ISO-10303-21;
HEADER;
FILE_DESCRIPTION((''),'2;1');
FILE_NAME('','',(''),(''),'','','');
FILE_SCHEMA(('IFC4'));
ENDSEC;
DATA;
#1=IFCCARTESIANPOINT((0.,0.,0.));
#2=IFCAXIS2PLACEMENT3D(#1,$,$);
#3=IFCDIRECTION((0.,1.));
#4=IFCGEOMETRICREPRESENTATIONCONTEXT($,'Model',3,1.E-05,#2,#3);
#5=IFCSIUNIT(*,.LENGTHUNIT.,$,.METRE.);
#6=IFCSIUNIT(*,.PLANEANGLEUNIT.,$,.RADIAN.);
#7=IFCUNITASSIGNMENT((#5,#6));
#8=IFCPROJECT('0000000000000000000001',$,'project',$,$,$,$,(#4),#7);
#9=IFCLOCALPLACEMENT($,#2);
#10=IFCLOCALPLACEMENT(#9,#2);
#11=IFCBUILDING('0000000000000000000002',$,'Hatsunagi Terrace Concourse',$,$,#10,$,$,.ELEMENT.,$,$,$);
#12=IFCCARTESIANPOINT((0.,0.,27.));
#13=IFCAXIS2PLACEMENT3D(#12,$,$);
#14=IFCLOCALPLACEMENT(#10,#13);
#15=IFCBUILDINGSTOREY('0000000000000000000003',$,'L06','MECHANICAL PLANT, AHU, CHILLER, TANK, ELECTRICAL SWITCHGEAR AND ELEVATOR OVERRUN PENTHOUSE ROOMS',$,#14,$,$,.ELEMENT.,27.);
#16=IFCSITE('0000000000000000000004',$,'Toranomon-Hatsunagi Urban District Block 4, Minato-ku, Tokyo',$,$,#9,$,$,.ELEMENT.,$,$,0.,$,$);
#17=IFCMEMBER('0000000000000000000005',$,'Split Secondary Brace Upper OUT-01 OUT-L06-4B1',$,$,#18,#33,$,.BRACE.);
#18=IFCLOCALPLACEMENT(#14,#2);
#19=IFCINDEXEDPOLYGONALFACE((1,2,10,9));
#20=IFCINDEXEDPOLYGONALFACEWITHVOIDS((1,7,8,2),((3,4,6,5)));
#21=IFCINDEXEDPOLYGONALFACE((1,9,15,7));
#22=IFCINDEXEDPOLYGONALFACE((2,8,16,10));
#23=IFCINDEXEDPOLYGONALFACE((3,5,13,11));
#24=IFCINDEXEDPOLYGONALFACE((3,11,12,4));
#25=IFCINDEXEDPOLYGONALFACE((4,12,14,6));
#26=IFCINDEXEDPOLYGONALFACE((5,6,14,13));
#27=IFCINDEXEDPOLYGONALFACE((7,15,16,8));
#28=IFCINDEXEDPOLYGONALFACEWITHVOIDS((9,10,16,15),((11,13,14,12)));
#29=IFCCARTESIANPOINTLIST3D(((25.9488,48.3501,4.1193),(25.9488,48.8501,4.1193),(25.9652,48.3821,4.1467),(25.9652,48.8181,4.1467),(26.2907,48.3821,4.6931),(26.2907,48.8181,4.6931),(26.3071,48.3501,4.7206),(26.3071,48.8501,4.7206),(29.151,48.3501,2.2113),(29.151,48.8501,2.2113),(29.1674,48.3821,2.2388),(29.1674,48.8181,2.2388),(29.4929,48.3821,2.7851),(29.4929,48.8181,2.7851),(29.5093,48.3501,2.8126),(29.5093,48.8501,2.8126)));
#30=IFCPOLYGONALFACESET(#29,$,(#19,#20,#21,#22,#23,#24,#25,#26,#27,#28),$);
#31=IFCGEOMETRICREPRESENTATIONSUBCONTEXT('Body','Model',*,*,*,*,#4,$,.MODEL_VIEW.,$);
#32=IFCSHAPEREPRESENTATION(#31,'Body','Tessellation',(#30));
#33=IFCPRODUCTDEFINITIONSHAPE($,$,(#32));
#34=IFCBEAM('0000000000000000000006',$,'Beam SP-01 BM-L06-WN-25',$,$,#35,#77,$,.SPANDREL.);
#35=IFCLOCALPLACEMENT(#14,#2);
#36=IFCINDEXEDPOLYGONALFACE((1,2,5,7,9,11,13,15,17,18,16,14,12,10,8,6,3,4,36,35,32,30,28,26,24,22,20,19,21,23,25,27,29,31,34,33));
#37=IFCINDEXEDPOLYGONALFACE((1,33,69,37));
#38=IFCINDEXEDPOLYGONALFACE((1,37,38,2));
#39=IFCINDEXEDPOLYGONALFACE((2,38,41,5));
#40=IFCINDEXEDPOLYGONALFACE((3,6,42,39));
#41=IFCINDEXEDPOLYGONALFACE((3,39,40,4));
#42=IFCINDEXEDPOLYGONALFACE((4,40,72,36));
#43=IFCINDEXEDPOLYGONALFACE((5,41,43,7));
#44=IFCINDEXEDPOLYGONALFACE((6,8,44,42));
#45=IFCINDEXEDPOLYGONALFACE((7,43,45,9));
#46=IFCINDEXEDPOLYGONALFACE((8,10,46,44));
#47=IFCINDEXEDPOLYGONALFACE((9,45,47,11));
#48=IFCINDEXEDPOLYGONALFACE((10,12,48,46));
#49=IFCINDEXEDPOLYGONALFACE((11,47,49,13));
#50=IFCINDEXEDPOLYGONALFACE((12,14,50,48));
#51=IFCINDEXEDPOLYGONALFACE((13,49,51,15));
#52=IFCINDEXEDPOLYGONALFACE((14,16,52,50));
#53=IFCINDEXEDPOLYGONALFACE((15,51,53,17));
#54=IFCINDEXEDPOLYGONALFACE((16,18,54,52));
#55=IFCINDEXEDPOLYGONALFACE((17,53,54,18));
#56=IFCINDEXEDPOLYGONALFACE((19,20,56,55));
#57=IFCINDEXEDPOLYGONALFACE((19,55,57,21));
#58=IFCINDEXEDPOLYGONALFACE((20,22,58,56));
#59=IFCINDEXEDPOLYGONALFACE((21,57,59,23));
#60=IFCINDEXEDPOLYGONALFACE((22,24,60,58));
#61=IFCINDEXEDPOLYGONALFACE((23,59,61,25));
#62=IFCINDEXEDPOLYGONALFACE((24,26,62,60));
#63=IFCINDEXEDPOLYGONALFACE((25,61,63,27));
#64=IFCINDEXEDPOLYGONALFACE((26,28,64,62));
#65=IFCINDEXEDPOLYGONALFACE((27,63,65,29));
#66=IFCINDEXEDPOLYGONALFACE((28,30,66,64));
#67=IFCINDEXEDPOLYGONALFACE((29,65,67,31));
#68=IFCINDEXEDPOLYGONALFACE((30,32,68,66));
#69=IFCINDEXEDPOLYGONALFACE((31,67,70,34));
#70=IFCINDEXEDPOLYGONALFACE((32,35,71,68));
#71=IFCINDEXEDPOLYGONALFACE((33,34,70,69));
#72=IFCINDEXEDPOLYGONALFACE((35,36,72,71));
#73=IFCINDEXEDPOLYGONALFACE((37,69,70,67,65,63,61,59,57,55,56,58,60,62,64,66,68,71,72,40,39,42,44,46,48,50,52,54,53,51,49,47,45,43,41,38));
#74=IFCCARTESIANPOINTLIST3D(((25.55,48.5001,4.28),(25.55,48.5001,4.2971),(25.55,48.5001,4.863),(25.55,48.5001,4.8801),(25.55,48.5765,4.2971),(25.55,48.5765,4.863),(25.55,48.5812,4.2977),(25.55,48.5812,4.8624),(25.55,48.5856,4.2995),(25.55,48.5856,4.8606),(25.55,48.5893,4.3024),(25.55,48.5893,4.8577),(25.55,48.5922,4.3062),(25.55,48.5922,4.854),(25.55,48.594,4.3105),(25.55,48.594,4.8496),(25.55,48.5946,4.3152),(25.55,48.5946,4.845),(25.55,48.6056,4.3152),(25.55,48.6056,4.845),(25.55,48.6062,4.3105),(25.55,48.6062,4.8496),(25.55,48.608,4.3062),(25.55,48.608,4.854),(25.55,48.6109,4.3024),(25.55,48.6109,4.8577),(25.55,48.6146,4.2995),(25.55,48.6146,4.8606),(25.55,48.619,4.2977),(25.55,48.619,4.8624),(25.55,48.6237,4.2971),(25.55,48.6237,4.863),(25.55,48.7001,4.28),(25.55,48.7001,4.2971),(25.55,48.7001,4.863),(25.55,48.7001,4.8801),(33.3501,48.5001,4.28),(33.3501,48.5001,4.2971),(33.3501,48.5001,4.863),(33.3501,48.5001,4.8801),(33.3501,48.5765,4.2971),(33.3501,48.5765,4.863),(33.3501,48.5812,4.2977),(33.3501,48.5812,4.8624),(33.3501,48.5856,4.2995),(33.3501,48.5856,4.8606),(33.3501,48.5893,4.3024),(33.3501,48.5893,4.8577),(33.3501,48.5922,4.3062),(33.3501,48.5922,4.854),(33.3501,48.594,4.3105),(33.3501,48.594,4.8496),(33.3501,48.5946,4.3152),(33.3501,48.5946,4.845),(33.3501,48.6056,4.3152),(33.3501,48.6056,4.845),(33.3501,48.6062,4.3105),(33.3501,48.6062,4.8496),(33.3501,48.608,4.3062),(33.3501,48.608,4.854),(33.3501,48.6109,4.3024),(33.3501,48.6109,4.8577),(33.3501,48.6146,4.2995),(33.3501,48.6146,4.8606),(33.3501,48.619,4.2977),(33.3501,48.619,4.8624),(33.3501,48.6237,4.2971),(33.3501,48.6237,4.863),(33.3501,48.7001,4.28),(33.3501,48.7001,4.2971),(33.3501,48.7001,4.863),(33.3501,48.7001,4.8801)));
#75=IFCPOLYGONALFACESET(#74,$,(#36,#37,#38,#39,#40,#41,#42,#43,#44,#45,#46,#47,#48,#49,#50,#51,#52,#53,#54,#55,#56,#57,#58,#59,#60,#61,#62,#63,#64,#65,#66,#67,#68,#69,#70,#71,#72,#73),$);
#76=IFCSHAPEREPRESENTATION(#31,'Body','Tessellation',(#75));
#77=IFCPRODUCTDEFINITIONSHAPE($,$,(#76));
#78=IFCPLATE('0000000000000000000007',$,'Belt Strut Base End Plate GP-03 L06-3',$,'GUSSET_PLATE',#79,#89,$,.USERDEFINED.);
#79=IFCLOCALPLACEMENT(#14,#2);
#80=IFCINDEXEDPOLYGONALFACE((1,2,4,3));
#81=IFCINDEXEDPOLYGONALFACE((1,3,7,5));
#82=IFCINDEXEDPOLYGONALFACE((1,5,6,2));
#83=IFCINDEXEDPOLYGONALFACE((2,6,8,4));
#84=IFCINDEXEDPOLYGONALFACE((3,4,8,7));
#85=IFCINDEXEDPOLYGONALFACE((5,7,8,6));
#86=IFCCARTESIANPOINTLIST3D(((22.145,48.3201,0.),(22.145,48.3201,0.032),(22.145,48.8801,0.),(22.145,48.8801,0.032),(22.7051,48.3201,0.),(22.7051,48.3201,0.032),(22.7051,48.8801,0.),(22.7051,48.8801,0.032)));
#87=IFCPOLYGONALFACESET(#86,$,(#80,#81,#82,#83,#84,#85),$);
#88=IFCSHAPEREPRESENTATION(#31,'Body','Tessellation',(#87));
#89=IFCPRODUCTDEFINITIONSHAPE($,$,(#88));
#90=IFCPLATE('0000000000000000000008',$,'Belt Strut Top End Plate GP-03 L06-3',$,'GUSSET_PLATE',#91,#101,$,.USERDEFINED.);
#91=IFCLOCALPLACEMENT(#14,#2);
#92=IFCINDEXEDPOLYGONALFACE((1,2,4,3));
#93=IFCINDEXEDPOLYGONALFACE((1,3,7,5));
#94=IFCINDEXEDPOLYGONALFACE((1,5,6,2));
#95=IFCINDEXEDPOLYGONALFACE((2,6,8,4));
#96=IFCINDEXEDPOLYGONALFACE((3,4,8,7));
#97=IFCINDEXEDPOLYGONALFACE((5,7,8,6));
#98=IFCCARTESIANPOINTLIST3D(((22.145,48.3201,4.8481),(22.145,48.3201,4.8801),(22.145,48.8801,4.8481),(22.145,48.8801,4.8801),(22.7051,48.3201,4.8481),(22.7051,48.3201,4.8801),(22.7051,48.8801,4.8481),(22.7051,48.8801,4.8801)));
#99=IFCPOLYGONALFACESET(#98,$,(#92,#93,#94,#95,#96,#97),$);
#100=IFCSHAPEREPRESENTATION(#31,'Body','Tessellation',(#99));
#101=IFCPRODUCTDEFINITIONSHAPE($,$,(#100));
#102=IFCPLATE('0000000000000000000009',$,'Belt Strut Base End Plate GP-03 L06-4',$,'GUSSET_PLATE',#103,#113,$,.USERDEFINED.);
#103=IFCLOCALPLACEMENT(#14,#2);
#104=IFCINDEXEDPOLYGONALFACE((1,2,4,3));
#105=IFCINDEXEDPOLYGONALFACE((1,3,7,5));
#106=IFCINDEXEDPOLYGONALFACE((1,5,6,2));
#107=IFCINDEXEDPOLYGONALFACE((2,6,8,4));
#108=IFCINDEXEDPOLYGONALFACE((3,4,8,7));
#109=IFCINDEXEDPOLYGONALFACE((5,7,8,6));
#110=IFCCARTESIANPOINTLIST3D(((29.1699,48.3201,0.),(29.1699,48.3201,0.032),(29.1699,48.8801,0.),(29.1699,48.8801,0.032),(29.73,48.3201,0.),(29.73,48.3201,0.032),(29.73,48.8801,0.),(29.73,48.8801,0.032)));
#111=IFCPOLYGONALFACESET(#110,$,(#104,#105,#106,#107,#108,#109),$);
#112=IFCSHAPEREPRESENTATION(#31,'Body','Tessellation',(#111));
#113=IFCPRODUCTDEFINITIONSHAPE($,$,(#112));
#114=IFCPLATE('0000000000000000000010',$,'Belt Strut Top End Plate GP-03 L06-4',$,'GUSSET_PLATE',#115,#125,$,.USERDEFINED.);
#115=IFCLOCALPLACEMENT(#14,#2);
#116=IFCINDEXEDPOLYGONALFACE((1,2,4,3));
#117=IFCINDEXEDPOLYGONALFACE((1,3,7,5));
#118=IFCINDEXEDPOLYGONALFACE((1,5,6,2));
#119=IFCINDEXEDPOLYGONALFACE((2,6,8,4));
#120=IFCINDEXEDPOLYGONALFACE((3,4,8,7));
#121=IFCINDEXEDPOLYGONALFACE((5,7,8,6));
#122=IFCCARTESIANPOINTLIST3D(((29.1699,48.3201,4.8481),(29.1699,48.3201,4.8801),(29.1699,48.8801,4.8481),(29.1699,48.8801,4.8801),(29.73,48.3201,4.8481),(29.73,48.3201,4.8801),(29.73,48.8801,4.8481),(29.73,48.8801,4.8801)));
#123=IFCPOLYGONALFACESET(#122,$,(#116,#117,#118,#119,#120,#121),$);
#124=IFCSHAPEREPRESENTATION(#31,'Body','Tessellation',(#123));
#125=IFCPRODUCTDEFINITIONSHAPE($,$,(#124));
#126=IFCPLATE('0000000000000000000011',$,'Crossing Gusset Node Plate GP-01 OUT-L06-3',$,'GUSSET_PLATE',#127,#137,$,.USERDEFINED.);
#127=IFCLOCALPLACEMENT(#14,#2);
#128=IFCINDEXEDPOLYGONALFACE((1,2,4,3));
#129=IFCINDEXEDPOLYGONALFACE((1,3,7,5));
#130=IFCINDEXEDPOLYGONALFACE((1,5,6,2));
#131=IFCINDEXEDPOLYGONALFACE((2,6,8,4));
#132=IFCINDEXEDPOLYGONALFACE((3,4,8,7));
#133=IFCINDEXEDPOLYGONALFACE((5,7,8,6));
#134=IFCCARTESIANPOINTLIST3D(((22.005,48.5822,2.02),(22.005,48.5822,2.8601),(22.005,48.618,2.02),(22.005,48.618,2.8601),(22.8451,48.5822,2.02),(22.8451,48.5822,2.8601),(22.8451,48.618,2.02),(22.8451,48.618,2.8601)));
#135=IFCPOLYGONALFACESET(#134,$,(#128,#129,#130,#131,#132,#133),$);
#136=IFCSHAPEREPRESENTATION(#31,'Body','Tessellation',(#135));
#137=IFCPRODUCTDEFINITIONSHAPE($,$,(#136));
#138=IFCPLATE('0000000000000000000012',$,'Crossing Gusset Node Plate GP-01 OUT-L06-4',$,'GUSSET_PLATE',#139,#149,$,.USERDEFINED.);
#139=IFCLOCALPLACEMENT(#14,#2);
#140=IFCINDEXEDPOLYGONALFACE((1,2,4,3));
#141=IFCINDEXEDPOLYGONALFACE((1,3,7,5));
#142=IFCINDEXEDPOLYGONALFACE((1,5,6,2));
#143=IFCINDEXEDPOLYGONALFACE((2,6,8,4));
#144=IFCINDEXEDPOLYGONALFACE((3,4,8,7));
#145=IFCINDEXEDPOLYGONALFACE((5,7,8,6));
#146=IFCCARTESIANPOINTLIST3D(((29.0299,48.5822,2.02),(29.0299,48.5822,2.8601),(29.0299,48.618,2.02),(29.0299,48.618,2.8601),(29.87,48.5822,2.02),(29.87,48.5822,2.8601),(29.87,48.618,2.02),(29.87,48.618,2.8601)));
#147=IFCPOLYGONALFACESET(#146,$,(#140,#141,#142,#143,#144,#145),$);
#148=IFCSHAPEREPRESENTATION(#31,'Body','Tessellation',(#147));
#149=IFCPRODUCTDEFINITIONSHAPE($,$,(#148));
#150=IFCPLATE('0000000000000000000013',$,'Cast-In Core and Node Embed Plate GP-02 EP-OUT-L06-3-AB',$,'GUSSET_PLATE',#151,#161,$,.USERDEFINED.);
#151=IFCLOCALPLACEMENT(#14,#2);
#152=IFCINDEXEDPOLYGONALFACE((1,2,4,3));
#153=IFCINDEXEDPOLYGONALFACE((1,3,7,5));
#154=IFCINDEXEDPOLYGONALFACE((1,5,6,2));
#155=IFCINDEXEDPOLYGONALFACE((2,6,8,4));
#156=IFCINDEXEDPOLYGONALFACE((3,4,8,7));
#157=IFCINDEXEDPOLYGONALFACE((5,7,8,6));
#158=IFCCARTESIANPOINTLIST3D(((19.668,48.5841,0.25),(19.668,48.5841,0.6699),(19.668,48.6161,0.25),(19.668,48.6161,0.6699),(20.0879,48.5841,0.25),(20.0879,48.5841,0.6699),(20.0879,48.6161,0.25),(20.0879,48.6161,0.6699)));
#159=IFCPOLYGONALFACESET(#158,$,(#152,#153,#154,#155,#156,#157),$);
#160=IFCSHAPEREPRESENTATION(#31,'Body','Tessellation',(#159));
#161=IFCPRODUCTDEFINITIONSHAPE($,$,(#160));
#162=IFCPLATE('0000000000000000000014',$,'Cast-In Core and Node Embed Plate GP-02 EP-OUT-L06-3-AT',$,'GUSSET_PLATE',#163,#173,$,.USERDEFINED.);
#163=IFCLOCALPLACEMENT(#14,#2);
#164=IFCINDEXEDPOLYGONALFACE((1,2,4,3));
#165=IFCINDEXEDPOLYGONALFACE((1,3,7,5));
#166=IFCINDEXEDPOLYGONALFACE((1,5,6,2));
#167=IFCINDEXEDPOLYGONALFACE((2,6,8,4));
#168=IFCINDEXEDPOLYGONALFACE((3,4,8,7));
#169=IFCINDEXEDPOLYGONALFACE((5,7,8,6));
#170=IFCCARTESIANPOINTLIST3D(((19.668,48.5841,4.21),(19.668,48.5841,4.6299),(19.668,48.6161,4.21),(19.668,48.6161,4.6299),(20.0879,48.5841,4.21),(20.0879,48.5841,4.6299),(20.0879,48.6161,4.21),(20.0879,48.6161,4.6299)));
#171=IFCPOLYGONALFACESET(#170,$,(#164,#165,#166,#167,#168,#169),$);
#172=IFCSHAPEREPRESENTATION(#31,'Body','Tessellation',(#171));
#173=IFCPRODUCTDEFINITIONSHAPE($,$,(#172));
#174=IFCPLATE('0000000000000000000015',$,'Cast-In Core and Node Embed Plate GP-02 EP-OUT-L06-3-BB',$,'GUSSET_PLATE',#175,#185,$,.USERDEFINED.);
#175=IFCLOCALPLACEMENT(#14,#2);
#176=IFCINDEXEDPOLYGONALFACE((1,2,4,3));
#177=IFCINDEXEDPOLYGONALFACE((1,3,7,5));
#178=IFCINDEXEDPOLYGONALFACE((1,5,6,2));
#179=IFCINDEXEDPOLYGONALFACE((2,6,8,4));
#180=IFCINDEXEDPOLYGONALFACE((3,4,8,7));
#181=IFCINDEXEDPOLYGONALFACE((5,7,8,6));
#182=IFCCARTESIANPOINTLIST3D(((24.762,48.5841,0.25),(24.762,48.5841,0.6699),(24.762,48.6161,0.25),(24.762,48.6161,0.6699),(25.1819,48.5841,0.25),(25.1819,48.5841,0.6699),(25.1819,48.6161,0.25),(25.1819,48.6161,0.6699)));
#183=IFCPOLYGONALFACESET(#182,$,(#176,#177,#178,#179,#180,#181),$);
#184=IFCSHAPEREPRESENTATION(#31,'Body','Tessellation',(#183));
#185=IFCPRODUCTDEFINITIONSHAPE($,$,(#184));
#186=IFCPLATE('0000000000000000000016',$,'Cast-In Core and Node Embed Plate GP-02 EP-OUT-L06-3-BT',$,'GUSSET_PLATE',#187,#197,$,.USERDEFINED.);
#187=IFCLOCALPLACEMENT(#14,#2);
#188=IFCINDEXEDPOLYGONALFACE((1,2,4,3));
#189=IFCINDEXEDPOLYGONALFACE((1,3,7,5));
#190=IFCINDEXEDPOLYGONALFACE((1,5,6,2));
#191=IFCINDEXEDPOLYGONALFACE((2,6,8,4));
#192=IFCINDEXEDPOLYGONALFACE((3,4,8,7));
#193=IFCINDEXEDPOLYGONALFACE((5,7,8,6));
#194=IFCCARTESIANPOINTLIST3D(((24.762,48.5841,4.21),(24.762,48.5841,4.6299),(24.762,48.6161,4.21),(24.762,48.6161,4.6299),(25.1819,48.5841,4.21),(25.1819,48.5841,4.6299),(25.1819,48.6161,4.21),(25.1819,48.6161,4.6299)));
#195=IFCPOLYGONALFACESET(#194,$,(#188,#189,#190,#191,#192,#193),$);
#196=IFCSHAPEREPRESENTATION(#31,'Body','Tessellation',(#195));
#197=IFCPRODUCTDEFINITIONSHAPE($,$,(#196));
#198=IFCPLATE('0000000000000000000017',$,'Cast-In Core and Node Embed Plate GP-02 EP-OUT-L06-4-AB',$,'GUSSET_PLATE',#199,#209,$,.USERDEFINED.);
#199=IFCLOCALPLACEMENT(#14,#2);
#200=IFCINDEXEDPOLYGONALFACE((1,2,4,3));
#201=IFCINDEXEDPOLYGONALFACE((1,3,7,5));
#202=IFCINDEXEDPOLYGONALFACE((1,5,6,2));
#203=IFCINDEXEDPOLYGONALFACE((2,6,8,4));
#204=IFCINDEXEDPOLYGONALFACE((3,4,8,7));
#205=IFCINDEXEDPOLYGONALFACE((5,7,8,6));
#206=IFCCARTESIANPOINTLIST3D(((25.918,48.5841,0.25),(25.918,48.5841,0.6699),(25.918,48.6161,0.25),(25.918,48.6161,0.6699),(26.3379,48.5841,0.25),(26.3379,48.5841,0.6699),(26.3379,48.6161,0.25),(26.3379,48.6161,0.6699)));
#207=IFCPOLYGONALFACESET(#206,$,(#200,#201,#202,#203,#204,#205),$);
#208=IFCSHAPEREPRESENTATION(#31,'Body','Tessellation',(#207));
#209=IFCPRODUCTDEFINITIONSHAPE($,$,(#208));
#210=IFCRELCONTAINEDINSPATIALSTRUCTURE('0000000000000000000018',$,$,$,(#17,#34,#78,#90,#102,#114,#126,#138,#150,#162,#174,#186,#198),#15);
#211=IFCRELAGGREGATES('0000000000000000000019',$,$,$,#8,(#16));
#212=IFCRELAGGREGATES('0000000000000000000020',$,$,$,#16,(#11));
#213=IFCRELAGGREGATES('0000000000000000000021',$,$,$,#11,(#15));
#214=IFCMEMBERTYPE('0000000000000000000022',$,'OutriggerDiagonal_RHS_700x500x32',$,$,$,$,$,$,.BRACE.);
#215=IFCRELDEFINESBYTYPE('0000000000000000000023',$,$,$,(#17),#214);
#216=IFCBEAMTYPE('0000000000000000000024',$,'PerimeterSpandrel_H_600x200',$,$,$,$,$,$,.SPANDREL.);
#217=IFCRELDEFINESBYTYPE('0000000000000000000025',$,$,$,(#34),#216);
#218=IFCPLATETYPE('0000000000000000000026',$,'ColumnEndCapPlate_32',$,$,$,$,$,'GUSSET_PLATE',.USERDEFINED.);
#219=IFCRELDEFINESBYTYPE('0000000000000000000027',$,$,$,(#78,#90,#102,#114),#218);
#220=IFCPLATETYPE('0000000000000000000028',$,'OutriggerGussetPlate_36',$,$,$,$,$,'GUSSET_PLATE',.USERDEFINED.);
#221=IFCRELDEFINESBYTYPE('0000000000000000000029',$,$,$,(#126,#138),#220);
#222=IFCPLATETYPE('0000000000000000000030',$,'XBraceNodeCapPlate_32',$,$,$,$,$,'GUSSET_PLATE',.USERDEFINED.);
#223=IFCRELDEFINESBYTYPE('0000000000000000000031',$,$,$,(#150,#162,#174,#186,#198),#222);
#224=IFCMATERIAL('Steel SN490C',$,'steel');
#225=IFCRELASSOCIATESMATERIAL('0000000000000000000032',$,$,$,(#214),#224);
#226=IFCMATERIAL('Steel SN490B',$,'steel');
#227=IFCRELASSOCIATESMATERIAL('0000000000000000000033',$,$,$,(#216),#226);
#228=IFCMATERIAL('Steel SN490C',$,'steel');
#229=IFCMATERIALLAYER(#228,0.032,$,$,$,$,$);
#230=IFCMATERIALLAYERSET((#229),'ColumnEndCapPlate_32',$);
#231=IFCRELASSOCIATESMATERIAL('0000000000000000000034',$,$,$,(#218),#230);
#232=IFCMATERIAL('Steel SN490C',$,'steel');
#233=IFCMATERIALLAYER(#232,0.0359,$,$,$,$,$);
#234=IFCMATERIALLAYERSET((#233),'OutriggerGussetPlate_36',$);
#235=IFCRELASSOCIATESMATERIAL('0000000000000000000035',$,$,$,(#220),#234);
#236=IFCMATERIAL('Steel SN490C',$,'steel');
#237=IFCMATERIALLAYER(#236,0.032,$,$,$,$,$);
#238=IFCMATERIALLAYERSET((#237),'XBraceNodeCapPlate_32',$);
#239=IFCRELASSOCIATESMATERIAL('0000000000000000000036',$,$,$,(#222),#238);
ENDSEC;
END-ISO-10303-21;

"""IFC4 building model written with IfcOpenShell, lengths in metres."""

from ifc_helpers import new_model, si_unit, direction, frame, origin, origin_2d, place, context, subcontext, project, spatial, rectangle, hollow_rectangle, i_section, extrude, material, layer, layer_set, material_profile, profile_set, type_object, element, save


model = new_model("IFC4")

# Units and contexts
model_context = context("Model", 3, precision=1e-05, world=origin(), true_north=direction((0.0, 1.0)))
body_context = subcontext(model_context, "Body", "Model", "MODEL_VIEW")
ifc_project = project(units=[si_unit("LENGTHUNIT", "METRE"), si_unit("PLANEANGLEUNIT", "RADIAN")], contexts=[model_context])

# Site, building, storey
site_placement = place(None, origin())
site = spatial("IfcSite", under=ifc_project, at=site_placement, Name="Toranomon-Hatsunagi Urban District Block 4, Minato-ku, Tokyo", CompositionType="ELEMENT", RefElevation=0.0)
building_placement = place(site_placement, origin())
building = spatial("IfcBuilding", under=site, at=building_placement, Name="Hatsunagi Terrace Concourse", CompositionType="ELEMENT")
storey_placement = place(building_placement, frame((0.0, 0.0, 27.0)))
storey = spatial("IfcBuildingStorey", under=building, at=storey_placement, Name="L06", Description="MECHANICAL PLANT, AHU, CHILLER, TANK, ELECTRICAL SWITCHGEAR AND ELEVATOR OVERRUN PENTHOUSE ROOMS", CompositionType="ELEMENT", Elevation=27.0)

# Member
ifc_material_1 = material(Name="Steel SN490C", Category="steel")
ifc_material_profile_1 = material_profile(ifc_material_1, hollow_rectangle(XDim=0.5, YDim=0.7, WallThickness=0.032, at=origin_2d()), Name="RHS-700x500x32")
ifc_profile_set_1 = profile_set([ifc_material_profile_1], Name="Steel SN490C")
member_type_1 = type_object("IfcMemberType", Name="OutriggerDiagonal_RHS_700x500x32", PredefinedType="BRACE", material=ifc_profile_set_1)
member_1_placement = place(storey_placement, frame((26.1279, 48.6001, 4.4199), z_axis=(0.859067, 0.0, -0.511864), x_axis=(0.0, 1.0, 0.0)))
element("IfcMember", 1, at=member_1_placement, inside=storey, type_object=member_type_1, Name="Split Secondary Brace Upper OUT-01 OUT-L06-4B1", PredefinedType="BRACE", context=body_context, shape_type="SweptSolid", body=[
    extrude(hollow_rectangle(XDim=0.5, YDim=0.7, WallThickness=0.032, at=origin_2d()), origin(), (0.0, 0.0, 1.0), 3.7275),
])

# Beam
ifc_material_2 = material(Name="Steel SN490B", Category="steel")
ifc_material_profile_2 = material_profile(ifc_material_2, i_section(OverallWidth=0.2, OverallDepth=0.6001, WebThickness=0.011, FlangeThickness=0.0171, FilletRadius=0.0181, at=origin_2d()), Name="H-600x200x11x17")
ifc_profile_set_2 = profile_set([ifc_material_profile_2], Name="Steel SN490B")
beam_type = type_object("IfcBeamType", Name="PerimeterSpandrel_H_600x200", PredefinedType="SPANDREL", material=ifc_profile_set_2)
beam_placement = place(storey_placement, frame((25.55, 48.6001, 4.5801), z_axis=(1.0, 0.0, 0.0), x_axis=(0.0, 1.0, 0.0)))
element("IfcBeam", 2, at=beam_placement, inside=storey, type_object=beam_type, Name="Beam SP-01 BM-L06-WN-25", PredefinedType="SPANDREL", context=body_context, shape_type="SweptSolid", body=[
    extrude(i_section(OverallWidth=0.2, OverallDepth=0.6001, WebThickness=0.011, FlangeThickness=0.0171, FilletRadius=0.0181, at=origin_2d()), origin(), (0.0, 0.0, 1.0), 7.8),
])

# Plates
ifc_material_3 = material(Name="Steel SN490C", Category="steel")
ifc_layer_1 = layer(ifc_material_3, 0.032)
ifc_layer_set_1 = layer_set([ifc_layer_1], Name="ColumnEndCapPlate_32")
plate_type_1 = type_object("IfcPlateType", Name="ColumnEndCapPlate_32", ElementType="GUSSET_PLATE", PredefinedType="USERDEFINED", material=ifc_layer_set_1)
for number, where, z_axis, x_axis, name in (
    (3, (22.425, 48.6001, 0.0), (0.0, 0.0, 1.0), (1.0, 0.0, 0.0), "Belt Strut Base End Plate GP-03 L06-3"),
    (4, (22.425, 48.6001, 4.8481), (0.0, 0.0, 1.0), (1.0, 0.0, 0.0), "Belt Strut Top End Plate GP-03 L06-3"),
    (5, (29.45, 48.6001, 0.0), (0.0, 0.0, 1.0), (1.0, 0.0, 0.0), "Belt Strut Base End Plate GP-03 L06-4"),
    (6, (29.45, 48.6001, 4.8481), (0.0, 0.0, 1.0), (1.0, 0.0, 0.0), "Belt Strut Top End Plate GP-03 L06-4"),
):
    element("IfcPlate", number, at=place(storey_placement, frame(where, z_axis=z_axis, x_axis=x_axis)), inside=storey, type_object=plate_type_1, Name=name, ObjectType="GUSSET_PLATE", PredefinedType="USERDEFINED", context=body_context, shape_type="SweptSolid", body=[
        extrude(rectangle(XDim=0.5601, YDim=0.5601, at=origin_2d()), origin(), (0.0, 0.0, 1.0), 0.032),
    ])
ifc_material_4 = material(Name="Steel SN490C", Category="steel")
ifc_layer_2 = layer(ifc_material_4, 0.0359)
ifc_layer_set_2 = layer_set([ifc_layer_2], Name="OutriggerGussetPlate_36")
plate_type_2 = type_object("IfcPlateType", Name="OutriggerGussetPlate_36", ElementType="GUSSET_PLATE", PredefinedType="USERDEFINED", material=ifc_layer_set_2)
for number, where, z_axis, x_axis, name in (
    (7, (22.425, 48.6001, 2.02), (0.0, 0.0, 1.0), (1.0, 0.0, 0.0), "Crossing Gusset Node Plate GP-01 OUT-L06-3"),
    (8, (29.45, 48.6001, 2.02), (0.0, 0.0, 1.0), (1.0, 0.0, 0.0), "Crossing Gusset Node Plate GP-01 OUT-L06-4"),
):
    element("IfcPlate", number, at=place(storey_placement, frame(where, z_axis=z_axis, x_axis=x_axis)), inside=storey, type_object=plate_type_2, Name=name, ObjectType="GUSSET_PLATE", PredefinedType="USERDEFINED", context=body_context, shape_type="SweptSolid", body=[
        extrude(rectangle(XDim=0.8401, YDim=0.0359, at=origin_2d()), origin(), (0.0, 0.0, 1.0), 0.8401),
    ])
ifc_material_5 = material(Name="Steel SN490C", Category="steel")
ifc_layer_3 = layer(ifc_material_5, 0.032)
ifc_layer_set_3 = layer_set([ifc_layer_3], Name="XBraceNodeCapPlate_32")
plate_type_3 = type_object("IfcPlateType", Name="XBraceNodeCapPlate_32", ElementType="GUSSET_PLATE", PredefinedType="USERDEFINED", material=ifc_layer_set_3)
for number, where, z_axis, x_axis, name in (
    (9, (19.8779, 48.6001, 0.25), (0.0, 0.0, 1.0), (1.0, 0.0, 0.0), "Cast-In Core and Node Embed Plate GP-02 EP-OUT-L06-3-AB"),
    (10, (19.8779, 48.6001, 4.21), (0.0, 0.0, 1.0), (1.0, 0.0, 0.0), "Cast-In Core and Node Embed Plate GP-02 EP-OUT-L06-3-AT"),
    (11, (24.9719, 48.6001, 0.25), (0.0, 0.0, 1.0), (1.0, 0.0, 0.0), "Cast-In Core and Node Embed Plate GP-02 EP-OUT-L06-3-BB"),
    (12, (24.9719, 48.6001, 4.21), (0.0, 0.0, 1.0), (1.0, 0.0, 0.0), "Cast-In Core and Node Embed Plate GP-02 EP-OUT-L06-3-BT"),
    (13, (26.1279, 48.6001, 0.25), (0.0, 0.0, 1.0), (1.0, 0.0, 0.0), "Cast-In Core and Node Embed Plate GP-02 EP-OUT-L06-4-AB"),
):
    element("IfcPlate", number, at=place(storey_placement, frame(where, z_axis=z_axis, x_axis=x_axis)), inside=storey, type_object=plate_type_3, Name=name, ObjectType="GUSSET_PLATE", PredefinedType="USERDEFINED", context=body_context, shape_type="SweptSolid", body=[
        extrude(rectangle(XDim=0.4199, YDim=0.032, at=origin_2d()), origin(), (0.0, 0.0, 1.0), 0.4199),
    ])

save(model, "model.ifc")
